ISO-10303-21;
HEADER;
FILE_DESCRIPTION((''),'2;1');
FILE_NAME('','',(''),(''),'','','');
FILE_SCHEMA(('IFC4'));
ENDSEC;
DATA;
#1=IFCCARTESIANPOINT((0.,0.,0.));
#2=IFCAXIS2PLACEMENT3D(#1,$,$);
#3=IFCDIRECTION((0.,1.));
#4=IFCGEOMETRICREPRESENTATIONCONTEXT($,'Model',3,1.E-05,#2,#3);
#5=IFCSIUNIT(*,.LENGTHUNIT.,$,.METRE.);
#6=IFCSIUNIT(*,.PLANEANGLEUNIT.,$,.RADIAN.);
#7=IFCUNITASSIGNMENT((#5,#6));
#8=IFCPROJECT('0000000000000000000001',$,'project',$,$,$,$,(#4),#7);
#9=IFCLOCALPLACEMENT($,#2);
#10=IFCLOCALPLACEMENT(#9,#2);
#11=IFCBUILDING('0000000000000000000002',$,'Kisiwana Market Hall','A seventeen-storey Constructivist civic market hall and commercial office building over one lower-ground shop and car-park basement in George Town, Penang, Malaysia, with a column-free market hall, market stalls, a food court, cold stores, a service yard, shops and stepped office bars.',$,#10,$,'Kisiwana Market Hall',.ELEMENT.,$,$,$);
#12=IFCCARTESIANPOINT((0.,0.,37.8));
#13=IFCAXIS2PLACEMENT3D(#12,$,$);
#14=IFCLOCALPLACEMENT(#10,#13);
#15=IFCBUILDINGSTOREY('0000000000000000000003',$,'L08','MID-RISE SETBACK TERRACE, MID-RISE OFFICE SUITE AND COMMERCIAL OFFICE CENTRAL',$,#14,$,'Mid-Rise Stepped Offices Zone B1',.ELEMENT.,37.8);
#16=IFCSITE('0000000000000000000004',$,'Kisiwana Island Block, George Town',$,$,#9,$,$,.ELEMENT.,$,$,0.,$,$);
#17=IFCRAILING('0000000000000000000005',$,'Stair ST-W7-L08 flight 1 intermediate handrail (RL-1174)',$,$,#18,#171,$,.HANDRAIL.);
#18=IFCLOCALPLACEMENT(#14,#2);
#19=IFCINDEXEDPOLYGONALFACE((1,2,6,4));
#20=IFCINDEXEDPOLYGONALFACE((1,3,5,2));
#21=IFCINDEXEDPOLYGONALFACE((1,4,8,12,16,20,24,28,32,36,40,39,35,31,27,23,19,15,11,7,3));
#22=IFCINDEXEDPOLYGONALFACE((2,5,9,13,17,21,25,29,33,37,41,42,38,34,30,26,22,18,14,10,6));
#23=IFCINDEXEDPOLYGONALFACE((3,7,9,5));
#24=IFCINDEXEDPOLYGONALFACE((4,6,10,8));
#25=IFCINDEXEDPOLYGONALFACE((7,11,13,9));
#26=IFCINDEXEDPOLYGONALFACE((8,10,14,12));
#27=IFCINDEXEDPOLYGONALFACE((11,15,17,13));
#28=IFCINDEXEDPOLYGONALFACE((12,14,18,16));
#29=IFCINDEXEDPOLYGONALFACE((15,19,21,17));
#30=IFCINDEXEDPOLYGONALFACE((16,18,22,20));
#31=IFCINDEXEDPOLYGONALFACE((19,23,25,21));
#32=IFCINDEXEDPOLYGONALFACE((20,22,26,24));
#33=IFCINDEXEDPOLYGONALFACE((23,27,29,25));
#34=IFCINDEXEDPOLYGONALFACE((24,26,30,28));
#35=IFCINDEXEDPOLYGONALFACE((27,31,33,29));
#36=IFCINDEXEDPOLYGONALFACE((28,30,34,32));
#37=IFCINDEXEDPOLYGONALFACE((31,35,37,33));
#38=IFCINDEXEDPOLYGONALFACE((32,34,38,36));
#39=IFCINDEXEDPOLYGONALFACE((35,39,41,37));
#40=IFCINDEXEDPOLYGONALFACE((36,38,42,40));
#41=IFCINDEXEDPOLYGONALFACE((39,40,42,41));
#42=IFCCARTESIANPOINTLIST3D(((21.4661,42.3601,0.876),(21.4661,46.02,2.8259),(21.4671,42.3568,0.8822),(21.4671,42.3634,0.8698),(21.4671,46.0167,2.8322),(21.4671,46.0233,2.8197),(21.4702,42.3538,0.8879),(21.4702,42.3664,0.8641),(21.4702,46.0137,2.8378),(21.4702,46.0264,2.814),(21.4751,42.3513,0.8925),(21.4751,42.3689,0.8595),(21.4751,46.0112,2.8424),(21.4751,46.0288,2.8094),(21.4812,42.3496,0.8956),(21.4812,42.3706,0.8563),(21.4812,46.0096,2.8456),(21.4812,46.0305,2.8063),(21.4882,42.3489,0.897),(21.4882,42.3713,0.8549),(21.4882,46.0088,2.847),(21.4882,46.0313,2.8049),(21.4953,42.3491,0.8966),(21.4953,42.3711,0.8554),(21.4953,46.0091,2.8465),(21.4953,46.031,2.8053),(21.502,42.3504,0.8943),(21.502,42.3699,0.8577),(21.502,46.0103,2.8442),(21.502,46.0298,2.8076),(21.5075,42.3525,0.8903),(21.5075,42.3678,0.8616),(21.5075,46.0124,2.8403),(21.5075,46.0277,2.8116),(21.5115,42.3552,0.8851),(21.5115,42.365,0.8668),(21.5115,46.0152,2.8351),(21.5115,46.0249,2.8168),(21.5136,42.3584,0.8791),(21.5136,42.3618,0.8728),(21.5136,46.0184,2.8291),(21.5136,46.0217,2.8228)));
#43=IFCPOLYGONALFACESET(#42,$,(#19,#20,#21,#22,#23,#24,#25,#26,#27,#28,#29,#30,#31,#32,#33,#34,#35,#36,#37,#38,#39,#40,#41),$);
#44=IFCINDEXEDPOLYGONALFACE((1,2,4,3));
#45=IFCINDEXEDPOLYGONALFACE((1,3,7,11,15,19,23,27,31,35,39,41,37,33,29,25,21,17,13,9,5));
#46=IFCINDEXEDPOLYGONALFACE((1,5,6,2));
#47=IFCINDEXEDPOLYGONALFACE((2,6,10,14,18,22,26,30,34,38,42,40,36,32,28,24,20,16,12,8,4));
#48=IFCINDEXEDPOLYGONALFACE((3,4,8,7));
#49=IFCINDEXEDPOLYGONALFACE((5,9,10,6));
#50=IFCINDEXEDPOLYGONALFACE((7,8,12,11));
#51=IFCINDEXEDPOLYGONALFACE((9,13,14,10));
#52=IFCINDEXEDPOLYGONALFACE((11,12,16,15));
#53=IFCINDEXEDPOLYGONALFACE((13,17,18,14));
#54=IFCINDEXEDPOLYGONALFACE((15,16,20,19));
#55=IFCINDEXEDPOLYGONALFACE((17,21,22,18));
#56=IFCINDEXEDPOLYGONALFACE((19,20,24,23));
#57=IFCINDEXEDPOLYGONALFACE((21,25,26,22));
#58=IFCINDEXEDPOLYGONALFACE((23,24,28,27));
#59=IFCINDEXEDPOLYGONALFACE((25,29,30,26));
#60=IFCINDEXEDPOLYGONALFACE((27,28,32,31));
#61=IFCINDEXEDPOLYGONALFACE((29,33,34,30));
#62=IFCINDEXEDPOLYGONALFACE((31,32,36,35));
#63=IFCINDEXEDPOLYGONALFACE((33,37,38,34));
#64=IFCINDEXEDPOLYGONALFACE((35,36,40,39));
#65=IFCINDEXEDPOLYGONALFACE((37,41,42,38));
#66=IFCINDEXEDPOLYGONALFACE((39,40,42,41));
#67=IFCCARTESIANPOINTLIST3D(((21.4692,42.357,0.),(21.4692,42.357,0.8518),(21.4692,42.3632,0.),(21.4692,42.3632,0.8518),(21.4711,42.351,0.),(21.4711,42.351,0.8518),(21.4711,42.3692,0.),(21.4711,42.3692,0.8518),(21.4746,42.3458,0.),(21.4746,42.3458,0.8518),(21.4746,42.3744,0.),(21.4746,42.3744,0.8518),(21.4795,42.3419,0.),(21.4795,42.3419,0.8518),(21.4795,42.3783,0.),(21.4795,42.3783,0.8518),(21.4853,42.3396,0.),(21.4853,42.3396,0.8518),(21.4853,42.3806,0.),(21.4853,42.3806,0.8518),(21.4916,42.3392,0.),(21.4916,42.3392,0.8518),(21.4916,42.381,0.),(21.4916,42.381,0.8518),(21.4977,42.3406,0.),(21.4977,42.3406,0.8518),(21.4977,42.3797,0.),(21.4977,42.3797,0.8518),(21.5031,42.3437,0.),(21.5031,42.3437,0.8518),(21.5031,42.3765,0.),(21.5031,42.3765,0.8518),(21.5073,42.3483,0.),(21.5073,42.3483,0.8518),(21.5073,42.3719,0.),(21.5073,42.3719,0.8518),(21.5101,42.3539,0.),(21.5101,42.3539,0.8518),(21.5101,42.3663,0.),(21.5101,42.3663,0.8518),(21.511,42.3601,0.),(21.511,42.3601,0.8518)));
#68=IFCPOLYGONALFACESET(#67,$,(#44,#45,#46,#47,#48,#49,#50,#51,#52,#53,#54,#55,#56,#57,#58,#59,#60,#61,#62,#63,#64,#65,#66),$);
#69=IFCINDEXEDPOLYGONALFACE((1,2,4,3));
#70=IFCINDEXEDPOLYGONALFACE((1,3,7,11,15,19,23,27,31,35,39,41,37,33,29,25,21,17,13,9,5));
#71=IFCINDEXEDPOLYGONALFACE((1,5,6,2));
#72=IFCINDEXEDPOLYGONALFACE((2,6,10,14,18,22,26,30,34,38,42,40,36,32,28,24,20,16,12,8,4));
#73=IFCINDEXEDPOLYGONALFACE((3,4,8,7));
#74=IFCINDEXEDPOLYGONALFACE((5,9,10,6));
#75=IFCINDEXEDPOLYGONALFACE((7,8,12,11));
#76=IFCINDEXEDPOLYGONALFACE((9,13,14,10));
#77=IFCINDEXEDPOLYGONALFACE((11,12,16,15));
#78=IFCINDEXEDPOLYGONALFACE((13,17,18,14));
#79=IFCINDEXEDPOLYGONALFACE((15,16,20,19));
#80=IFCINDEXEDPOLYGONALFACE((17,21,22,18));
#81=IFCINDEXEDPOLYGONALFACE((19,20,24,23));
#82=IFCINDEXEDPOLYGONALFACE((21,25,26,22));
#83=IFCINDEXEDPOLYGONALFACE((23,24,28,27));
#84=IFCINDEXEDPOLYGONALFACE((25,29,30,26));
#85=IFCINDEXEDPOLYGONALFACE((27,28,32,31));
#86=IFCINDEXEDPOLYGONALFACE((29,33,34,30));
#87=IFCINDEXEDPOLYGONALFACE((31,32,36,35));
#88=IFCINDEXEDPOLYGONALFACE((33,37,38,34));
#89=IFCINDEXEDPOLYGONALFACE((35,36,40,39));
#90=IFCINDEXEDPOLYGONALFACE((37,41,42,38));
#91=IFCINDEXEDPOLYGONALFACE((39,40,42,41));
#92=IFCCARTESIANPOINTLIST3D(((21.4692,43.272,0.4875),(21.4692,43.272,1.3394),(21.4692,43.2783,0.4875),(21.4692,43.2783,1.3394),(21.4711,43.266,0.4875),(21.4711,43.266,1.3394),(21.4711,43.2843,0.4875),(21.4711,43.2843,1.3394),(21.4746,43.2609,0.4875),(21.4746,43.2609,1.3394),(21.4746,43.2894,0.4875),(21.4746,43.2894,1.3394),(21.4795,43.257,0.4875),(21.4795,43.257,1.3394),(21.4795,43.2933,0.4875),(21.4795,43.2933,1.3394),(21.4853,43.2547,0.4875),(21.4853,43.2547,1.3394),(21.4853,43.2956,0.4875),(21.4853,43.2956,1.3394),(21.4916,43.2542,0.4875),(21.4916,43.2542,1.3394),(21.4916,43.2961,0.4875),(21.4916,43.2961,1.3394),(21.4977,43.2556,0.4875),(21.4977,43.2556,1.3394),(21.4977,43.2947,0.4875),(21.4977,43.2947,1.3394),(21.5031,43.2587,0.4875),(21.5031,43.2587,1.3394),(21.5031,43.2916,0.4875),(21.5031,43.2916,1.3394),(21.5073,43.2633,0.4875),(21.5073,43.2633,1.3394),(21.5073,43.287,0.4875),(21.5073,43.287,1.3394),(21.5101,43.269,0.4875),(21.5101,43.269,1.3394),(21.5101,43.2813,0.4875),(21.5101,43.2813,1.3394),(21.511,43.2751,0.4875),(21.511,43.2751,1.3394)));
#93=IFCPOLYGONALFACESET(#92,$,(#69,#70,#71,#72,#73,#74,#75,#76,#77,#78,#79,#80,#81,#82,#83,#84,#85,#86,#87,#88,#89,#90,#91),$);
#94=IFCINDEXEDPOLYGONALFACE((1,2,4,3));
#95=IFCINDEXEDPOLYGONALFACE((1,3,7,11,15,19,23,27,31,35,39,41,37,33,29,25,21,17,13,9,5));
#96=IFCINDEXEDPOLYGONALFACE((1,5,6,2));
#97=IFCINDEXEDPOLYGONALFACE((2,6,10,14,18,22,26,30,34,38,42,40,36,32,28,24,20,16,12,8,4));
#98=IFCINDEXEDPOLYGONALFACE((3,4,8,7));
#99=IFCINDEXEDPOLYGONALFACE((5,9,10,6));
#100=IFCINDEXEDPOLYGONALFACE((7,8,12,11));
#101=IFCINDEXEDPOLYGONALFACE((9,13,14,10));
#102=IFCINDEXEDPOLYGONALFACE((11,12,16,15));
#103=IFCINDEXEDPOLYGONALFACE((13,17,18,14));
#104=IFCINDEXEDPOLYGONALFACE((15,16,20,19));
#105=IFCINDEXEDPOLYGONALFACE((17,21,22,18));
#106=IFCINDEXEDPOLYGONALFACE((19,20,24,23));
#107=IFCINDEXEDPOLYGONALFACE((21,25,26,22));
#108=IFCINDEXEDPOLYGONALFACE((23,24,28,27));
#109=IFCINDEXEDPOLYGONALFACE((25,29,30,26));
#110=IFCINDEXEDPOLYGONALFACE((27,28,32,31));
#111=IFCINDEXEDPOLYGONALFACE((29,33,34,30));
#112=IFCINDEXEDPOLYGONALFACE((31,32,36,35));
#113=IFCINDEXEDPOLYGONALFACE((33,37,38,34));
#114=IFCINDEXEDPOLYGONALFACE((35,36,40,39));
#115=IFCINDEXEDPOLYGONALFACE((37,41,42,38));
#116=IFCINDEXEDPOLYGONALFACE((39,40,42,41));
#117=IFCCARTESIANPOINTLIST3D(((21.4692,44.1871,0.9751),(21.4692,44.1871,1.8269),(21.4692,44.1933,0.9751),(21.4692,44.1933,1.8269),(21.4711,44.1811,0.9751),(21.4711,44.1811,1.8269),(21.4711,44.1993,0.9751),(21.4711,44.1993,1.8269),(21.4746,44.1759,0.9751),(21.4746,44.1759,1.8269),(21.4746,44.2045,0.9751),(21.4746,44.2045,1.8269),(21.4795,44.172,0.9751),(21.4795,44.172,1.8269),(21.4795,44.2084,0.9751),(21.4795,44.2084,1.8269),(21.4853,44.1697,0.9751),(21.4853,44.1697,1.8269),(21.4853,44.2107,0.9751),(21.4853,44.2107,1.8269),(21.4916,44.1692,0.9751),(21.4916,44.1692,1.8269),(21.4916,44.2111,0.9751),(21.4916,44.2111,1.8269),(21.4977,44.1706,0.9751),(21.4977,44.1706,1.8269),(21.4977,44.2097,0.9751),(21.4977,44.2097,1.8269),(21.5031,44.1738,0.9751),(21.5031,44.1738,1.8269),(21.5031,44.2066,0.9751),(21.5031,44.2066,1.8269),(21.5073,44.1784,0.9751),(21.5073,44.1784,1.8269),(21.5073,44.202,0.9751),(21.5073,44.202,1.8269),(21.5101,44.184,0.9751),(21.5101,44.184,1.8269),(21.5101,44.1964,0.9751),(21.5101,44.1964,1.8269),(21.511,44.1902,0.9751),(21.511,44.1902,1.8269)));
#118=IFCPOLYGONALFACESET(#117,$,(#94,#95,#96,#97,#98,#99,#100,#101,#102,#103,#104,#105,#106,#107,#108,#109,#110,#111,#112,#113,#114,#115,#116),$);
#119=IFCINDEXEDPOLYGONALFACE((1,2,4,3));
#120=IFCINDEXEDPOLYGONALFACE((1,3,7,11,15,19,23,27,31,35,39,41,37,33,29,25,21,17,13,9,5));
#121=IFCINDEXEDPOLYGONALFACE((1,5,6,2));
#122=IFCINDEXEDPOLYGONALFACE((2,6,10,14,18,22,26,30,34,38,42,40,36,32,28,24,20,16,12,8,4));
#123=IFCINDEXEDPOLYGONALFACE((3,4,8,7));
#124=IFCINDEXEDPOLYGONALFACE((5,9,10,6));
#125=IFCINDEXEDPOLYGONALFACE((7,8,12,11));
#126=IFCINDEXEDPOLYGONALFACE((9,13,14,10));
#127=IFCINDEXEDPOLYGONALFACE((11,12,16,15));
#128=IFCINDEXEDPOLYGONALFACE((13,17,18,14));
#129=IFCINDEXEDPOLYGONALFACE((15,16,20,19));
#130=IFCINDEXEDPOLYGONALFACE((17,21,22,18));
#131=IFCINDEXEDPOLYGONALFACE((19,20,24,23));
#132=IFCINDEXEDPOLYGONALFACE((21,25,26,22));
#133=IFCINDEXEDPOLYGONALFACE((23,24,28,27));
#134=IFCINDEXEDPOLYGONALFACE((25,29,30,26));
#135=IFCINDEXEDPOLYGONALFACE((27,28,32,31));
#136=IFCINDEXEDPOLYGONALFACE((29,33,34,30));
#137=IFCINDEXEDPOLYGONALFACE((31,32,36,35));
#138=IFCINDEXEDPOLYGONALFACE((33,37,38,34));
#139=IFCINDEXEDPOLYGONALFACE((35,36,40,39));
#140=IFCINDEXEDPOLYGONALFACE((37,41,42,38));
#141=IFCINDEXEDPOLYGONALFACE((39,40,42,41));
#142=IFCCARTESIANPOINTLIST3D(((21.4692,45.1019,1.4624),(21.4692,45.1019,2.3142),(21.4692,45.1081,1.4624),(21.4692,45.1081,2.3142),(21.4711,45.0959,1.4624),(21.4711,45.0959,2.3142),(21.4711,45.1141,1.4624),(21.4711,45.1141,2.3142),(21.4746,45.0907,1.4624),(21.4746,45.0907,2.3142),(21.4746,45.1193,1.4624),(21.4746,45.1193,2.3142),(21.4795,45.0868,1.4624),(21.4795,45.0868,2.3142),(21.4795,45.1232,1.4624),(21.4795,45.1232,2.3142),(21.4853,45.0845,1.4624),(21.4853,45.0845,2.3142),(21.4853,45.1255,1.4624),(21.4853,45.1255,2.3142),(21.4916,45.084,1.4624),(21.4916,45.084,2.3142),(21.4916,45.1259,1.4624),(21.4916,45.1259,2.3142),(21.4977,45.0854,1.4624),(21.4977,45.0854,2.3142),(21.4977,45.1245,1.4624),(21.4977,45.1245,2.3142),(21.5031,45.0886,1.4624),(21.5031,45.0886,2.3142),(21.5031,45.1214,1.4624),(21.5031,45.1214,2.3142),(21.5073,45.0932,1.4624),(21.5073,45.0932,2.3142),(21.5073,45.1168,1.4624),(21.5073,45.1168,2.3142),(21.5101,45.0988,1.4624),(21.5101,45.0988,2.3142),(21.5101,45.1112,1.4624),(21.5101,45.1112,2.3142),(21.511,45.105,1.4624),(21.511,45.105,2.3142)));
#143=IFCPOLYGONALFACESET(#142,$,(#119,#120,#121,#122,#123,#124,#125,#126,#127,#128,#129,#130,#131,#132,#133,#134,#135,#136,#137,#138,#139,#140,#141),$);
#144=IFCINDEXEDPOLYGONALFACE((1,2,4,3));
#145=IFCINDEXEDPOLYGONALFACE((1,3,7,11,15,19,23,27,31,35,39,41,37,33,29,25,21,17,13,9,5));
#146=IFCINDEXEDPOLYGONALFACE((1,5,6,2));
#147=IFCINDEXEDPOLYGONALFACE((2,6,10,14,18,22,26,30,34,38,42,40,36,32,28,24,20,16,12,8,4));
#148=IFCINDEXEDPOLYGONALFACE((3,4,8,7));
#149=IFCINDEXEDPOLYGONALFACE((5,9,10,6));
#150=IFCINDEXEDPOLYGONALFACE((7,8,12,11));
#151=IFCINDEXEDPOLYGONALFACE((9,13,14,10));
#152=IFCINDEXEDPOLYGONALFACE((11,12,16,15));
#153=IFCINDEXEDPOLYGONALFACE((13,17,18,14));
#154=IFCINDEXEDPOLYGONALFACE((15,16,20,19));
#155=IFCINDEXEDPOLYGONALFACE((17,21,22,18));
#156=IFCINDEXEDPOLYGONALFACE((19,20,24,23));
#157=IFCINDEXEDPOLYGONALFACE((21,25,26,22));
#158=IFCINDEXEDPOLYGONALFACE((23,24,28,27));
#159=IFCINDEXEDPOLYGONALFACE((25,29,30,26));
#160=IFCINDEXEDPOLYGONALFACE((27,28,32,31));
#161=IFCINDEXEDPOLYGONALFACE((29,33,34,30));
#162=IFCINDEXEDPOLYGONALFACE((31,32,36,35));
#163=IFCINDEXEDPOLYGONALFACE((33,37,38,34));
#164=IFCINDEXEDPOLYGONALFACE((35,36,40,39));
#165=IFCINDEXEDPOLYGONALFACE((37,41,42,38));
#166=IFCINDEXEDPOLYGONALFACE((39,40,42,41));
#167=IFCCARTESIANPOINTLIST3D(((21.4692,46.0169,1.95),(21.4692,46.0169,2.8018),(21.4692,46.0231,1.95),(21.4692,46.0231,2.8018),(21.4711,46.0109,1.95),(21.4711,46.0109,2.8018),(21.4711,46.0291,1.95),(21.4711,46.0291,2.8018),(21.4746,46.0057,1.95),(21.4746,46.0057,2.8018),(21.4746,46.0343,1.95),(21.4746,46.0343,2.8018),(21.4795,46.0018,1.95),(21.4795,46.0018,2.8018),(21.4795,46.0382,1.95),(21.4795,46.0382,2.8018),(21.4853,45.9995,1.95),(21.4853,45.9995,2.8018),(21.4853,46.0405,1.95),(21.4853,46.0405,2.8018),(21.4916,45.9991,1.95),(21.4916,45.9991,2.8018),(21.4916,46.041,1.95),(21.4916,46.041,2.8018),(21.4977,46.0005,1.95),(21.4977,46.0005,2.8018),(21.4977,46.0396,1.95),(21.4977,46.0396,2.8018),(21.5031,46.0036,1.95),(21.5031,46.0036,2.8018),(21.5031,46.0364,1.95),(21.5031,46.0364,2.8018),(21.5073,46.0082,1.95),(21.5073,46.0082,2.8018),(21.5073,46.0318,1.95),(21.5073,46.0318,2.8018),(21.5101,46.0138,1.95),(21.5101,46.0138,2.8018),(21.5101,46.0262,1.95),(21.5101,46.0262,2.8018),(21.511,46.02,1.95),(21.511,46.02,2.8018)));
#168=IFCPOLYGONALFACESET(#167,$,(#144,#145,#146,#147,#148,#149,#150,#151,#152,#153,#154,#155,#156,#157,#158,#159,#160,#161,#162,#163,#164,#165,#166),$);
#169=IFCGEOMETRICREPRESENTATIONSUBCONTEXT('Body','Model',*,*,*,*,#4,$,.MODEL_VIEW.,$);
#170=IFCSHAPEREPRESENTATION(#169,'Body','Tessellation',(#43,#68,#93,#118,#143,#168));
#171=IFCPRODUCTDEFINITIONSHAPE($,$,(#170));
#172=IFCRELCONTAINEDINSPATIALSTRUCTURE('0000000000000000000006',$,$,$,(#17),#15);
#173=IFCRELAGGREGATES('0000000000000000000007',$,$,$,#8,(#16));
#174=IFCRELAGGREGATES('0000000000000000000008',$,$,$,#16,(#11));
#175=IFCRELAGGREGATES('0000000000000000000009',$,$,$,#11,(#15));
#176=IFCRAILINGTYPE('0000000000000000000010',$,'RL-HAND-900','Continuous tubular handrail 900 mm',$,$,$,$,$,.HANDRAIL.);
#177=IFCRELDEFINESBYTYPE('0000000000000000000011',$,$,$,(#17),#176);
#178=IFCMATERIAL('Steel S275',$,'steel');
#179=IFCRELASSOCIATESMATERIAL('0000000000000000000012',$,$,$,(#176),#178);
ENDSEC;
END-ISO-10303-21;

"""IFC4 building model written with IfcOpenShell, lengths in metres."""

from ifc_helpers import new_model, si_unit, direction, frame, origin, origin_2d, place, context, subcontext, project, spatial, circle, extrude, material, type_object, element, save


model = new_model("IFC4")

# Units and contexts
model_context = context("Model", 3, precision=1e-05, world=origin(), true_north=direction((0.0, 1.0)))
body_context = subcontext(model_context, "Body", "Model", "MODEL_VIEW")
ifc_project = project(units=[si_unit("LENGTHUNIT", "METRE"), si_unit("PLANEANGLEUNIT", "RADIAN")], contexts=[model_context])

# Site, building, storey
site_placement = place(None, origin())
site = spatial("IfcSite", under=ifc_project, at=site_placement, Name="Kisiwana Island Block, George Town", CompositionType="ELEMENT", RefElevation=0.0)
building_placement = place(site_placement, origin())
building = spatial("IfcBuilding", under=site, at=building_placement, Name="Kisiwana Market Hall", Description="A seventeen-storey Constructivist civic market hall and commercial office building over one lower-ground shop and car-park basement in George Town, Penang, Malaysia, with a column-free market hall, market stalls, a food court, cold stores, a service yard, shops and stepped office bars.", LongName="Kisiwana Market Hall", CompositionType="ELEMENT")
storey_placement = place(building_placement, frame((0.0, 0.0, 37.8)))
storey = spatial("IfcBuildingStorey", under=building, at=storey_placement, Name="L08", Description="MID-RISE SETBACK TERRACE, MID-RISE OFFICE SUITE AND COMMERCIAL OFFICE CENTRAL", LongName="Mid-Rise Stepped Offices Zone B1", CompositionType="ELEMENT", Elevation=37.8)

# Railing
ifc_material_1 = material(Name="Steel S275", Category="steel")
railing_type_1 = type_object("IfcRailingType", Name="RL-HAND-900", Description="Continuous tubular handrail 900 mm", PredefinedType="HANDRAIL", material=ifc_material_1)
railing_1_placement = place(storey_placement, frame((21.49, 42.3601, 0.0)))
element("IfcRailing", 1, at=railing_1_placement, inside=storey, type_object=railing_type_1, Name="Stair ST-W7-L08 flight 1 intermediate handrail (RL-1174)", PredefinedType="HANDRAIL", context=body_context, shape_type="SweptSolid", body=[
    extrude(circle(Radius=0.0239, at=origin_2d()), frame((0.0, 0.0, 0.876), z_axis=(0.0, 0.882553, 0.470212), x_axis=(-1.0, 0.0, 0.0)), (0.0, 0.0, 1.0), 4.147),
    extrude(circle(Radius=0.021, at=origin_2d()), origin(), (0.0, 0.0, 1.0), 0.8518),
    extrude(circle(Radius=0.021, at=origin_2d()), frame((0.0, 0.915, 0.4875)), (0.0, 0.0, 1.0), 0.8518),
    extrude(circle(Radius=0.021, at=origin_2d()), frame((0.0, 1.8301, 0.9751)), (0.0, 0.0, 1.0), 0.8518),
    extrude(circle(Radius=0.021, at=origin_2d()), frame((0.0, 2.7449, 1.4624)), (0.0, 0.0, 1.0), 0.8518),
    extrude(circle(Radius=0.021, at=origin_2d()), frame((0.0, 3.6599, 1.95)), (0.0, 0.0, 1.0), 0.8518),
])

save(model, "model.ifc")
